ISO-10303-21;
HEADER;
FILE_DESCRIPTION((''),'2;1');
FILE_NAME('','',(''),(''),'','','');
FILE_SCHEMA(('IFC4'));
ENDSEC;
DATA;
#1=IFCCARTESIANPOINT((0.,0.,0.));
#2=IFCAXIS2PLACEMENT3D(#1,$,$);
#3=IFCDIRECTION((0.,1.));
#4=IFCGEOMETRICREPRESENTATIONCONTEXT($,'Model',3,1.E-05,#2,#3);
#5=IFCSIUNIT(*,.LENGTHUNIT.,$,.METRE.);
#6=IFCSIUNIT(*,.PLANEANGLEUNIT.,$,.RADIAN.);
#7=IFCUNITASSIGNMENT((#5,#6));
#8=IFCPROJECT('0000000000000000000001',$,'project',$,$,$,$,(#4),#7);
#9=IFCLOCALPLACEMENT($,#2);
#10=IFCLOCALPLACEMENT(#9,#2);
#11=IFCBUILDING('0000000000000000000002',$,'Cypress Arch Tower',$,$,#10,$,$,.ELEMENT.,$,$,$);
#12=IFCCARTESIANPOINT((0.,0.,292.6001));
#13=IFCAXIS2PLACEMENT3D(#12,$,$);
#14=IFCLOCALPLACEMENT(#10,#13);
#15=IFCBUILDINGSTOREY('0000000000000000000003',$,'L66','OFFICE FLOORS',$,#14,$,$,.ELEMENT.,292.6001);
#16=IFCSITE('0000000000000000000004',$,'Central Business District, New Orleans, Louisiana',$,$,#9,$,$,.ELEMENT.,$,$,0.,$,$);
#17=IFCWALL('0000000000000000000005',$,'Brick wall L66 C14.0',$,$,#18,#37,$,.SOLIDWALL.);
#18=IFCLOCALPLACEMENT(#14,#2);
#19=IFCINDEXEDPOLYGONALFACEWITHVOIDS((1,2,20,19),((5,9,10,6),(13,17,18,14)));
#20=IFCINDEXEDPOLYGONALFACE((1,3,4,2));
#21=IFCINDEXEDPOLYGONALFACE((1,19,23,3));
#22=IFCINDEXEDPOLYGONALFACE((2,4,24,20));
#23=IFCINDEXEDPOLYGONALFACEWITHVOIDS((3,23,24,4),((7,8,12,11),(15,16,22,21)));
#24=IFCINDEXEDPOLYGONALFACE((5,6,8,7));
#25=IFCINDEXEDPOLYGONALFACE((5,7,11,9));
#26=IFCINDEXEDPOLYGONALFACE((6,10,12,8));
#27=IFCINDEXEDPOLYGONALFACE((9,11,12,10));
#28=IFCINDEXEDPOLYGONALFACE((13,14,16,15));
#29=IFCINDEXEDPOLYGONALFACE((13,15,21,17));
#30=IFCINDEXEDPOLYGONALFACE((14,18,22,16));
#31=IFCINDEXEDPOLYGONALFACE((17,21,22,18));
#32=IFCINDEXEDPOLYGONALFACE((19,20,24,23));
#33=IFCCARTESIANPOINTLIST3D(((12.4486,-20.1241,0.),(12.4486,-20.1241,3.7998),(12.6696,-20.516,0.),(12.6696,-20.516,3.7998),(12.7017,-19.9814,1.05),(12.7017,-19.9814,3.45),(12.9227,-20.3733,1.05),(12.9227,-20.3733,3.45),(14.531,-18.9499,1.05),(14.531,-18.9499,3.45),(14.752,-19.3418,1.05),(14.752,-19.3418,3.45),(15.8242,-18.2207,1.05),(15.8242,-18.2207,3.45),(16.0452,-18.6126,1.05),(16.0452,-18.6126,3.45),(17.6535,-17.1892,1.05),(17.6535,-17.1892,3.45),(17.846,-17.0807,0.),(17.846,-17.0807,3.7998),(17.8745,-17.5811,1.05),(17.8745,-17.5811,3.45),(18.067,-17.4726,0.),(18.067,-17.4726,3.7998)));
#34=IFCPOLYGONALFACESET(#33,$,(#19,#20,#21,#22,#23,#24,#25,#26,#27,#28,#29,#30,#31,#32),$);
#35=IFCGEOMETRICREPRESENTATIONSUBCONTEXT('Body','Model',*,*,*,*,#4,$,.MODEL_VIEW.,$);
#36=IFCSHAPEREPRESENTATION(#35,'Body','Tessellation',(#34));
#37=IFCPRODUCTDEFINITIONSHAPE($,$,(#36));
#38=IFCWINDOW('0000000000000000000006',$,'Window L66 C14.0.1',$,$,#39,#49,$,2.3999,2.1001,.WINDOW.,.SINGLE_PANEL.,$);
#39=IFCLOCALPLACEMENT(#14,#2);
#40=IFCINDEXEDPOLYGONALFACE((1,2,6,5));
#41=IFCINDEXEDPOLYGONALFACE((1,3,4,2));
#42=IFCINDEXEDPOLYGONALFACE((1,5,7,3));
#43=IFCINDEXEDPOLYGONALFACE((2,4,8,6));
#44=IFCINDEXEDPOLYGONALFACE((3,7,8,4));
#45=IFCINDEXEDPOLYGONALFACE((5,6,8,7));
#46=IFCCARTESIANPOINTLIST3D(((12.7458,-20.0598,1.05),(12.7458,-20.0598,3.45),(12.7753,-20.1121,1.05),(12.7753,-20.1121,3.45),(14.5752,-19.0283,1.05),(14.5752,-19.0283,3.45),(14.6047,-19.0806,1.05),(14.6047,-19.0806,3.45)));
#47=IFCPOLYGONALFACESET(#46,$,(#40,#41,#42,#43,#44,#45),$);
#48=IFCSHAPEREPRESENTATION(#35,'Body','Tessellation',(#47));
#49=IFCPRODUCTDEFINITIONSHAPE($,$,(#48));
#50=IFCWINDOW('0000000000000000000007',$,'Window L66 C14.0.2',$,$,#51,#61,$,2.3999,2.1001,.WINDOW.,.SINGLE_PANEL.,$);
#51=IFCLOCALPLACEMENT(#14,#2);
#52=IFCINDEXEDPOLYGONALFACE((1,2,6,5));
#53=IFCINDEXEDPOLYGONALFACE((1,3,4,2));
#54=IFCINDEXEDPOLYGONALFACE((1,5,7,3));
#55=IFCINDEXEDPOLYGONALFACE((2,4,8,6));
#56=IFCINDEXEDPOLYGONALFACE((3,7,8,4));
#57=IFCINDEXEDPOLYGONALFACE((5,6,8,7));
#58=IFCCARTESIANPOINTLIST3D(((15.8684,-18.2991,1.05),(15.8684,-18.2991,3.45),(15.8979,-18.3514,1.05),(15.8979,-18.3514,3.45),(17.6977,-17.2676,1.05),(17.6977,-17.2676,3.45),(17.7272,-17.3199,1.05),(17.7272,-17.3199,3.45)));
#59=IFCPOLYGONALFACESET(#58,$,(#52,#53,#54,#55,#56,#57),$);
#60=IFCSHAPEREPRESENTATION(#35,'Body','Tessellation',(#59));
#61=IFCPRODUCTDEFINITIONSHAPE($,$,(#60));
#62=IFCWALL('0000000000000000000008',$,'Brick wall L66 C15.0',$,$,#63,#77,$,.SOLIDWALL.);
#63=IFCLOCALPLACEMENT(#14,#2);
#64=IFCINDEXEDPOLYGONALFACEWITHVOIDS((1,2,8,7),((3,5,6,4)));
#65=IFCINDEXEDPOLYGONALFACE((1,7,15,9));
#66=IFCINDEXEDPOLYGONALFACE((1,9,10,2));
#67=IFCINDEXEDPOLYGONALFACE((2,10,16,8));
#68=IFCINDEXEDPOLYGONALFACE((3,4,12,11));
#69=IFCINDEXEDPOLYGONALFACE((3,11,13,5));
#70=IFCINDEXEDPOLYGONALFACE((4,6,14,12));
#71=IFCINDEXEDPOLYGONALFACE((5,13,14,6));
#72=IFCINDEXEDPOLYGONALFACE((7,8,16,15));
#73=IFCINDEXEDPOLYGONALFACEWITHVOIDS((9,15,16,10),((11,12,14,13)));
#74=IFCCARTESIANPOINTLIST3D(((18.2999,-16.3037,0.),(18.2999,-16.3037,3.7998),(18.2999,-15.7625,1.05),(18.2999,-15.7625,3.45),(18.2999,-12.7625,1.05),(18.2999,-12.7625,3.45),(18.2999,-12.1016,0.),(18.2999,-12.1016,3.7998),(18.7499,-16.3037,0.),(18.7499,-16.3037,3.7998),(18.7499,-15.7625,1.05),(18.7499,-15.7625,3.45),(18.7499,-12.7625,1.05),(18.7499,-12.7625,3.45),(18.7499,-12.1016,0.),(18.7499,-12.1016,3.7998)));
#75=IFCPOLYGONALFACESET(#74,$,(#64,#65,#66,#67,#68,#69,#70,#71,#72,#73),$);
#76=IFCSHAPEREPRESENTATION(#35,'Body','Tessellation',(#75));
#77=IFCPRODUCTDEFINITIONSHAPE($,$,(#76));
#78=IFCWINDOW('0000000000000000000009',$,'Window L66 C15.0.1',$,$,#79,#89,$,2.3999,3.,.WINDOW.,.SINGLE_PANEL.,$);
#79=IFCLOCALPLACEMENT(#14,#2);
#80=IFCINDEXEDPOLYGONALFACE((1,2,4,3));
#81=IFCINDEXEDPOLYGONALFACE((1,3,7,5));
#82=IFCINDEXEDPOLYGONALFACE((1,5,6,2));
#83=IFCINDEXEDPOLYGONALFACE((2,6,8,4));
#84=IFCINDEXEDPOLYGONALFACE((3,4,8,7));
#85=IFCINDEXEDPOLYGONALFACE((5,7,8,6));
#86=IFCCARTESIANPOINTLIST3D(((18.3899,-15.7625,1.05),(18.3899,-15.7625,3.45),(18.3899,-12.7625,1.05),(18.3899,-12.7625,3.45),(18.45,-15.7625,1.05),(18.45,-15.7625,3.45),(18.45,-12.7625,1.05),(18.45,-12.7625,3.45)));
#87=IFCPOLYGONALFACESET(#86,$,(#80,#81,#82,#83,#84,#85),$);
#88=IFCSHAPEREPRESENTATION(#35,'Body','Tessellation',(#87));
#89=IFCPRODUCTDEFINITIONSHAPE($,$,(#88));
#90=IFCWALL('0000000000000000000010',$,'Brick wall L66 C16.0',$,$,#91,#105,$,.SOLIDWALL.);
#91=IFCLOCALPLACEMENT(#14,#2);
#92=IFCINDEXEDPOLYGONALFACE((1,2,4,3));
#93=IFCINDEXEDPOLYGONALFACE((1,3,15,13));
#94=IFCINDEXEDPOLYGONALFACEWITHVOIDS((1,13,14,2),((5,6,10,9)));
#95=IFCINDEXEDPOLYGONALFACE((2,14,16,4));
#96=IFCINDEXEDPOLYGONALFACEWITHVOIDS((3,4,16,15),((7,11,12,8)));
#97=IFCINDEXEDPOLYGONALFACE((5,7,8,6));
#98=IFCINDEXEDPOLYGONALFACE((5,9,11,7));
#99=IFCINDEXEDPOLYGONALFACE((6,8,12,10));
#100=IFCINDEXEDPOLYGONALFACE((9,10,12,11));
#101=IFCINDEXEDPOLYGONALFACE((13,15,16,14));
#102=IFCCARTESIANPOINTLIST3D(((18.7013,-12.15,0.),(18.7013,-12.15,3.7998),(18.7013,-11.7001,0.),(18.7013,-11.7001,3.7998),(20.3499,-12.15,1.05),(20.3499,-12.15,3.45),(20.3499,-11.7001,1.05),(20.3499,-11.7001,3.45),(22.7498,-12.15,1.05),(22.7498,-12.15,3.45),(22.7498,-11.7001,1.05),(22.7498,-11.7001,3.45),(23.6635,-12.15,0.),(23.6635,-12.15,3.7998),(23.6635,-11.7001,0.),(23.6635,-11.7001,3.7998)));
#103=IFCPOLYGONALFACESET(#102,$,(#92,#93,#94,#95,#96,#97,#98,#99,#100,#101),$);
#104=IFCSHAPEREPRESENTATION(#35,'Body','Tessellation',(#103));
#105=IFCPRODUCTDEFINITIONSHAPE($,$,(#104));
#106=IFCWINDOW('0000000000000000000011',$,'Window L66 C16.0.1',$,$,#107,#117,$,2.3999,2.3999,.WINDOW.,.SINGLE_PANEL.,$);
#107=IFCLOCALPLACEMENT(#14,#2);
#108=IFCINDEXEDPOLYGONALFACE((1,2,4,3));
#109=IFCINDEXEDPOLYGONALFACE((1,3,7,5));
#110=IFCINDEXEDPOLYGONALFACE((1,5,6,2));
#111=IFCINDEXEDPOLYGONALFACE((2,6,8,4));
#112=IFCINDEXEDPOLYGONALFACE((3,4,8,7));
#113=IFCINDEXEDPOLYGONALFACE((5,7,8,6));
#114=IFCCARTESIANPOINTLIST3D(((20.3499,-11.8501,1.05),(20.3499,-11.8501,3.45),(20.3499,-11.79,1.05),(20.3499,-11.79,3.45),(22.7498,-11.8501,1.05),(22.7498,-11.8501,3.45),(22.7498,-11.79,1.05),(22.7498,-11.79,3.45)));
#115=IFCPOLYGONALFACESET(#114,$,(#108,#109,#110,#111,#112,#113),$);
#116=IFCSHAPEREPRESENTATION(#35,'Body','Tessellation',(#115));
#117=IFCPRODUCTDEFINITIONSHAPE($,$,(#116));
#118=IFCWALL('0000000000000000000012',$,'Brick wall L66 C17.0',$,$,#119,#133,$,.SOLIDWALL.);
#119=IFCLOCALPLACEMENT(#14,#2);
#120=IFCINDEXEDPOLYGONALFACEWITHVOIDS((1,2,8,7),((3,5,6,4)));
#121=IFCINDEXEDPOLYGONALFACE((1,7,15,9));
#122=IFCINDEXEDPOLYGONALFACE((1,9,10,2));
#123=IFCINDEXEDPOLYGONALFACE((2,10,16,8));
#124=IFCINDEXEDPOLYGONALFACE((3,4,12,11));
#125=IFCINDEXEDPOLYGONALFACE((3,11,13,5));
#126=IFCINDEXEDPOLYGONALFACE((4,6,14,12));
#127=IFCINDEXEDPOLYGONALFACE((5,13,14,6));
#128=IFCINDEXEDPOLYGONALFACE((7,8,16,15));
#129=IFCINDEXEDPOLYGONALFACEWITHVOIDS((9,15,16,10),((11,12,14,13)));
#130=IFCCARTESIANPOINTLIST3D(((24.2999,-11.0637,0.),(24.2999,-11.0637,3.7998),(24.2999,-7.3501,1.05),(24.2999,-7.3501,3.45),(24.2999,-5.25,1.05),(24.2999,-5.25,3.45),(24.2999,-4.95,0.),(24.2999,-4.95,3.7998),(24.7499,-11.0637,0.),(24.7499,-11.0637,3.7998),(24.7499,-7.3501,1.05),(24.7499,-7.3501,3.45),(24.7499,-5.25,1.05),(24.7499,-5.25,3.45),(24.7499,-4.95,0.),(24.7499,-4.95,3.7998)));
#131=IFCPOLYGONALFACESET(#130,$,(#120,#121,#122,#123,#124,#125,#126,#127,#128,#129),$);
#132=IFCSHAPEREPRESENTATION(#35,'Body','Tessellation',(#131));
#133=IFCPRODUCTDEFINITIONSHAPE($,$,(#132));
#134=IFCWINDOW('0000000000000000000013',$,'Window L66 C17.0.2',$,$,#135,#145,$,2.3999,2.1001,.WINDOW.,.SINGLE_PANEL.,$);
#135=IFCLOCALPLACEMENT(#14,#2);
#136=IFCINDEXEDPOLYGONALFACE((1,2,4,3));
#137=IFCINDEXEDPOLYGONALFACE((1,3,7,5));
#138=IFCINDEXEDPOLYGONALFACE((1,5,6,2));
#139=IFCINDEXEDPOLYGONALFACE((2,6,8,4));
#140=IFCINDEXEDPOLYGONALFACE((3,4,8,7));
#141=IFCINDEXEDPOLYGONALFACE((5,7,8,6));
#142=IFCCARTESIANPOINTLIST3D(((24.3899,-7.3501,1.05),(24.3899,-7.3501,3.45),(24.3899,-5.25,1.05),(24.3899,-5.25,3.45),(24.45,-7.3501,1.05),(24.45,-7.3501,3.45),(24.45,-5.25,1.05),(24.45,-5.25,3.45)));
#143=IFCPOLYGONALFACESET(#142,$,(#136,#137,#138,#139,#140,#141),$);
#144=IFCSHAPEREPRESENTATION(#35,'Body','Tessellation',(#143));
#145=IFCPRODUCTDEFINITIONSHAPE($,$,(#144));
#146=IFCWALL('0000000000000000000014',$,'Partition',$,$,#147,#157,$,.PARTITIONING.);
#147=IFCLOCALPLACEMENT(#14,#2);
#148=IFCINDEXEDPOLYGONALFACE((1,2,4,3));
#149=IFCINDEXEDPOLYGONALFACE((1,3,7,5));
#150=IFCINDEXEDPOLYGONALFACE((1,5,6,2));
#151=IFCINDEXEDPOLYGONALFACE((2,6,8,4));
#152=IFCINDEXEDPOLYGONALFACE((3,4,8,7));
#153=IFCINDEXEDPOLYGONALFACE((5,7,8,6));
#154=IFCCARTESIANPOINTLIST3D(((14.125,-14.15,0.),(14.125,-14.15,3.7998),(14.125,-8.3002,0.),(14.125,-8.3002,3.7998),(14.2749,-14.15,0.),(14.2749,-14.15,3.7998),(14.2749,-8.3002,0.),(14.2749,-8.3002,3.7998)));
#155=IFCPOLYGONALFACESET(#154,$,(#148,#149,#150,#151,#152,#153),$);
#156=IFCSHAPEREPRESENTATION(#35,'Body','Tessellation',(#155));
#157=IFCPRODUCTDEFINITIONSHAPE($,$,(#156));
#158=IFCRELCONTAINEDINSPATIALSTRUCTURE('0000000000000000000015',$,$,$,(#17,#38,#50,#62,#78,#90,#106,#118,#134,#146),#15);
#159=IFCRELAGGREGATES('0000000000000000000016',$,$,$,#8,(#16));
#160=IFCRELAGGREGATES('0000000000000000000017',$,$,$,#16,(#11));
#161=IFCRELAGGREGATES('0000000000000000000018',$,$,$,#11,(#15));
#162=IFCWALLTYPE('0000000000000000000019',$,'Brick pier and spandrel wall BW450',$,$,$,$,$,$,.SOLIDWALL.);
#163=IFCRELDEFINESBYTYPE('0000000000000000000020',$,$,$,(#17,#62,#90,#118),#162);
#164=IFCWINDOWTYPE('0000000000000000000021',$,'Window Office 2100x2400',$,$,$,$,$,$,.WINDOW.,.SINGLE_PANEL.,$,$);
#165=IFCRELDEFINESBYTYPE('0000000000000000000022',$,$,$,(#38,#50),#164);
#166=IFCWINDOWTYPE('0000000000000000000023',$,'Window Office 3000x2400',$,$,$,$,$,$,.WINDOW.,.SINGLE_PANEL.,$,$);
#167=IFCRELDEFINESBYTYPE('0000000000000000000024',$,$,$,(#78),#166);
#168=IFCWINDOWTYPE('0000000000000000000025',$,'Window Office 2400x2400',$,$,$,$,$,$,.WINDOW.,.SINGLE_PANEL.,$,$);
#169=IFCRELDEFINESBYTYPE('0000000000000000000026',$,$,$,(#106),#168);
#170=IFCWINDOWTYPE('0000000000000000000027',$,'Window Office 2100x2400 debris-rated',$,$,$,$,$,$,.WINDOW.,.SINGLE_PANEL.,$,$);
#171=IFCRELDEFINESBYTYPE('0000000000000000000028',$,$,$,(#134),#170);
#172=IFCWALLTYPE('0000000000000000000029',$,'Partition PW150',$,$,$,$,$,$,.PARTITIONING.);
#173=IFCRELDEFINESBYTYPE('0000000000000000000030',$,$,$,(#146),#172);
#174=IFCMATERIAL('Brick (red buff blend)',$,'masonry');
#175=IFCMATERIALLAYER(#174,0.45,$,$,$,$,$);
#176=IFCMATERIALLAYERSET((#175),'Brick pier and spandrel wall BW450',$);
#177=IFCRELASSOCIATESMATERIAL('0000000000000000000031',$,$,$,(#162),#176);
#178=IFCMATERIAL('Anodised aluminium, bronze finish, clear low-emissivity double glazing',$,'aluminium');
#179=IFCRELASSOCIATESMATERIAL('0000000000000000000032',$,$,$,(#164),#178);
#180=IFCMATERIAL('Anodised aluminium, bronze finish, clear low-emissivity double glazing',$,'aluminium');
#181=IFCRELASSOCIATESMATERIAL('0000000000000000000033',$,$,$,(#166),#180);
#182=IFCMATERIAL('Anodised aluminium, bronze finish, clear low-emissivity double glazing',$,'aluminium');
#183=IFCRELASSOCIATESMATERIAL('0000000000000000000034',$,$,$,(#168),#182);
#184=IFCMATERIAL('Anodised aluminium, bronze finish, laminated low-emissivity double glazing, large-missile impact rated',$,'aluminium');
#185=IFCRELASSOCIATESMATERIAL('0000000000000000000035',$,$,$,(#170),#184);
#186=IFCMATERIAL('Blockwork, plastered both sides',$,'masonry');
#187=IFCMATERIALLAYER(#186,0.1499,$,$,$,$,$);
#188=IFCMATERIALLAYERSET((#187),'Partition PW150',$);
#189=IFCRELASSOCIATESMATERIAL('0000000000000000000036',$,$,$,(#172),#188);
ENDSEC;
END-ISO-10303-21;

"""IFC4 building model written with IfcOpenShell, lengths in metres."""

from ifc_helpers import new_model, si_unit, direction, frame, frame_2d, origin, place, context, subcontext, project, spatial, rectangle, extrude, material, layer, layer_set, type_object, element, fill, save


model = new_model("IFC4")

# Units and contexts
model_context = context("Model", 3, precision=1e-05, world=origin(), true_north=direction((0.0, 1.0)))
body_context = subcontext(model_context, "Body", "Model", "MODEL_VIEW")
ifc_project = project(units=[si_unit("LENGTHUNIT", "METRE"), si_unit("PLANEANGLEUNIT", "RADIAN")], contexts=[model_context])

# Site, building, storey
site_placement = place(None, origin())
site = spatial("IfcSite", under=ifc_project, at=site_placement, Name="Central Business District, New Orleans, Louisiana", CompositionType="ELEMENT", RefElevation=0.0)
building_placement = place(site_placement, origin())
building = spatial("IfcBuilding", under=site, at=building_placement, Name="Cypress Arch Tower", CompositionType="ELEMENT")
storey_placement = place(building_placement, frame((0.0, 0.0, 292.6001)))
storey = spatial("IfcBuildingStorey", under=building, at=storey_placement, Name="L66", Description="OFFICE FLOORS", CompositionType="ELEMENT", Elevation=292.6001)

# Wall, openings, windows
ifc_material_1 = material(Name="Brick (red buff blend)", Category="masonry")
ifc_layer_1 = layer(ifc_material_1, 0.45)
ifc_layer_set_1 = layer_set([ifc_layer_1], Name="Brick pier and spandrel wall BW450")
wall_type_1 = type_object("IfcWallType", Name="Brick pier and spandrel wall BW450", PredefinedType="SOLIDWALL", material=ifc_layer_set_1)
wall_1_placement = place(storey_placement, frame((12.5591, -20.3201, 0.0), z_axis=(0.0, 0.0, 1.0), x_axis=(0.871066, 0.491166, 0.0)))
wall_1 = element("IfcWall", 1, at=wall_1_placement, inside=storey, type_object=wall_type_1, Name="Brick wall L66 C14.0", PredefinedType="SOLIDWALL", context=body_context, shape_type="SweptSolid", body=[
    extrude(rectangle(XDim=6.1963, YDim=0.45, at=frame_2d((3.0981, 0.0))), origin(), (0.0, 0.0, 1.0), 3.7998),
])
opening_1_placement = place(wall_1_placement, frame((0.2905, 0.0, 1.05)))
opening_1 = element("IfcOpeningElement", 2, at=opening_1_placement, cuts=wall_1, PredefinedType="OPENING", context=body_context, shape_type="SweptSolid", body=[
    extrude(rectangle(XDim=2.1001, YDim=2.3999, at=frame_2d((1.05, 1.2))), frame((0.0, 0.2349, 0.0), z_axis=(0.0, -1.0, 0.0), x_axis=(1.0, 0.0, 0.0)), (0.0, 0.0, 1.0), 0.47),
])
opening_2_placement = place(wall_1_placement, frame((3.8752, 0.0, 1.05)))
opening_2 = element("IfcOpeningElement", 3, at=opening_2_placement, cuts=wall_1, PredefinedType="OPENING", context=body_context, shape_type="SweptSolid", body=[
    extrude(rectangle(XDim=2.1001, YDim=2.3999, at=frame_2d((1.05, 1.2))), frame((0.0, 0.2349, 0.0), z_axis=(0.0, -1.0, 0.0), x_axis=(1.0, 0.0, 0.0)), (0.0, 0.0, 1.0), 0.47),
])
ifc_material_2 = material(Name="Anodised aluminium, bronze finish, clear low-emissivity double glazing", Category="aluminium")
window_type_1 = type_object("IfcWindowType", Name="Window Office 2100x2400", PartitioningType="SINGLE_PANEL", PredefinedType="WINDOW", material=ifc_material_2)
window_1_placement = place(opening_1_placement, origin())
window_1 = element("IfcWindow", 4, at=window_1_placement, inside=storey, type_object=window_type_1, Name="Window L66 C14.0.1", OverallHeight=2.3999, OverallWidth=2.1001, PartitioningType="SINGLE_PANEL", PredefinedType="WINDOW", context=body_context, shape_type="SweptSolid", body=[
    extrude(rectangle(XDim=2.1001, YDim=2.3999, at=frame_2d((1.05, 1.2))), frame((0.0, 0.135, 0.0), z_axis=(0.0, -1.0, 0.0), x_axis=(1.0, 0.0, 0.0)), (0.0, 0.0, 1.0), 0.0601),
])
fill(opening_1, window_1)
window_2_placement = place(opening_2_placement, origin())
window_2 = element("IfcWindow", 5, at=window_2_placement, inside=storey, type_object=window_type_1, Name="Window L66 C14.0.2", OverallHeight=2.3999, OverallWidth=2.1001, PartitioningType="SINGLE_PANEL", PredefinedType="WINDOW", context=body_context, shape_type="SweptSolid", body=[
    extrude(rectangle(XDim=2.1001, YDim=2.3999, at=frame_2d((1.05, 1.2))), frame((0.0, 0.135, 0.0), z_axis=(0.0, -1.0, 0.0), x_axis=(1.0, 0.0, 0.0)), (0.0, 0.0, 1.0), 0.0601),
])
fill(opening_2, window_2)

# Walls, openings, windows
wall_2_placement = place(storey_placement, frame((18.5249, -16.3037, 0.0), z_axis=(0.0, 0.0, 1.0), x_axis=(0.0, 1.0, 0.0)))
wall_2 = element("IfcWall", 6, at=wall_2_placement, inside=storey, type_object=wall_type_1, Name="Brick wall L66 C15.0", PredefinedType="SOLIDWALL", context=body_context, shape_type="SweptSolid", body=[
    extrude(rectangle(XDim=4.2021, YDim=0.45, at=frame_2d((2.1011, 0.0))), origin(), (0.0, 0.0, 1.0), 3.7998),
])
opening_3_placement = place(wall_2_placement, frame((0.5413, 0.0, 1.05)))
opening_3 = element("IfcOpeningElement", 7, at=opening_3_placement, cuts=wall_2, PredefinedType="OPENING", context=body_context, shape_type="SweptSolid", body=[
    extrude(rectangle(XDim=3.0, YDim=2.3999, at=frame_2d((1.5, 1.2))), frame((0.0, 0.2349, 0.0), z_axis=(0.0, -1.0, 0.0), x_axis=(1.0, 0.0, 0.0)), (0.0, 0.0, 1.0), 0.47),
])
ifc_material_3 = material(Name="Anodised aluminium, bronze finish, clear low-emissivity double glazing", Category="aluminium")
window_type_2 = type_object("IfcWindowType", Name="Window Office 3000x2400", PartitioningType="SINGLE_PANEL", PredefinedType="WINDOW", material=ifc_material_3)
window_3_placement = place(opening_3_placement, origin())
window_3 = element("IfcWindow", 8, at=window_3_placement, inside=storey, type_object=window_type_2, Name="Window L66 C15.0.1", OverallHeight=2.3999, OverallWidth=3.0, PartitioningType="SINGLE_PANEL", PredefinedType="WINDOW", context=body_context, shape_type="SweptSolid", body=[
    extrude(rectangle(XDim=3.0, YDim=2.3999, at=frame_2d((1.5, 1.2))), frame((0.0, 0.135, 0.0), z_axis=(0.0, -1.0, 0.0), x_axis=(1.0, 0.0, 0.0)), (0.0, 0.0, 1.0), 0.0601),
])
fill(opening_3, window_3)
wall_3_placement = place(storey_placement, frame((18.7014, -11.925, 0.0), z_axis=(0.0, 0.0, 1.0), x_axis=(1.0, 0.0, 0.0)))
wall_3 = element("IfcWall", 9, at=wall_3_placement, inside=storey, type_object=wall_type_1, Name="Brick wall L66 C16.0", PredefinedType="SOLIDWALL", context=body_context, shape_type="SweptSolid", body=[
    extrude(rectangle(XDim=4.9622, YDim=0.45, at=frame_2d((2.481, 0.0))), origin(), (0.0, 0.0, 1.0), 3.7998),
])
opening_4_placement = place(wall_3_placement, frame((1.6484, 0.0, 1.05)))
opening_4 = element("IfcOpeningElement", 10, at=opening_4_placement, cuts=wall_3, PredefinedType="OPENING", context=body_context, shape_type="SweptSolid", body=[
    extrude(rectangle(XDim=2.3999, YDim=2.3999, at=frame_2d((1.2, 1.2))), frame((0.0, 0.2349, 0.0), z_axis=(0.0, -1.0, 0.0), x_axis=(1.0, 0.0, 0.0)), (0.0, 0.0, 1.0), 0.47),
])
ifc_material_4 = material(Name="Anodised aluminium, bronze finish, clear low-emissivity double glazing", Category="aluminium")
window_type_3 = type_object("IfcWindowType", Name="Window Office 2400x2400", PartitioningType="SINGLE_PANEL", PredefinedType="WINDOW", material=ifc_material_4)
window_4_placement = place(opening_4_placement, origin())
window_4 = element("IfcWindow", 11, at=window_4_placement, inside=storey, type_object=window_type_3, Name="Window L66 C16.0.1", OverallHeight=2.3999, OverallWidth=2.3999, PartitioningType="SINGLE_PANEL", PredefinedType="WINDOW", context=body_context, shape_type="SweptSolid", body=[
    extrude(rectangle(XDim=2.3999, YDim=2.3999, at=frame_2d((1.2, 1.2))), frame((0.0, 0.135, 0.0), z_axis=(0.0, -1.0, 0.0), x_axis=(1.0, 0.0, 0.0)), (0.0, 0.0, 1.0), 0.0601),
])
fill(opening_4, window_4)
wall_4_placement = place(storey_placement, frame((24.5249, -11.0637, 0.0), z_axis=(0.0, 0.0, 1.0), x_axis=(0.0, 1.0, 0.0)))
wall_4 = element("IfcWall", 12, at=wall_4_placement, inside=storey, type_object=wall_type_1, Name="Brick wall L66 C17.0", PredefinedType="SOLIDWALL", context=body_context, shape_type="SweptSolid", body=[
    extrude(rectangle(XDim=6.1138, YDim=0.45, at=frame_2d((3.0569, 0.0))), origin(), (0.0, 0.0, 1.0), 3.7998),
])
opening_5_placement = place(wall_4_placement, frame((3.7136, 0.0, 1.05)))
opening_5 = element("IfcOpeningElement", 13, at=opening_5_placement, cuts=wall_4, PredefinedType="OPENING", context=body_context, shape_type="SweptSolid", body=[
    extrude(rectangle(XDim=2.1001, YDim=2.3999, at=frame_2d((1.05, 1.2))), frame((0.0, 0.2349, 0.0), z_axis=(0.0, -1.0, 0.0), x_axis=(1.0, 0.0, 0.0)), (0.0, 0.0, 1.0), 0.47),
])
ifc_material_5 = material(Name="Anodised aluminium, bronze finish, laminated low-emissivity double glazing, large-missile impact rated", Category="aluminium")
window_type_4 = type_object("IfcWindowType", Name="Window Office 2100x2400 debris-rated", PartitioningType="SINGLE_PANEL", PredefinedType="WINDOW", material=ifc_material_5)
window_5_placement = place(opening_5_placement, origin())
window_5 = element("IfcWindow", 14, at=window_5_placement, inside=storey, type_object=window_type_4, Name="Window L66 C17.0.2", OverallHeight=2.3999, OverallWidth=2.1001, PartitioningType="SINGLE_PANEL", PredefinedType="WINDOW", context=body_context, shape_type="SweptSolid", body=[
    extrude(rectangle(XDim=2.1001, YDim=2.3999, at=frame_2d((1.05, 1.2))), frame((0.0, 0.135, 0.0), z_axis=(0.0, -1.0, 0.0), x_axis=(1.0, 0.0, 0.0)), (0.0, 0.0, 1.0), 0.0601),
])
fill(opening_5, window_5)

# Wall
ifc_material_6 = material(Name="Blockwork, plastered both sides", Category="masonry")
ifc_layer_2 = layer(ifc_material_6, 0.1499)
ifc_layer_set_2 = layer_set([ifc_layer_2], Name="Partition PW150")
wall_type_2 = type_object("IfcWallType", Name="Partition PW150", PredefinedType="PARTITIONING", material=ifc_layer_set_2)
wall_5_placement = place(storey_placement, frame((14.2, -14.1499, 0.0), z_axis=(0.0, 0.0, 1.0), x_axis=(0.0, 1.0, 0.0)))
element("IfcWall", 15, at=wall_5_placement, inside=storey, type_object=wall_type_2, Name="Partition", PredefinedType="PARTITIONING", context=body_context, shape_type="SweptSolid", body=[
    extrude(rectangle(XDim=5.8499, YDim=0.1499, at=frame_2d((2.9248, 0.0))), origin(), (0.0, 0.0, 1.0), 3.7998),
])

save(model, "model.ifc")
